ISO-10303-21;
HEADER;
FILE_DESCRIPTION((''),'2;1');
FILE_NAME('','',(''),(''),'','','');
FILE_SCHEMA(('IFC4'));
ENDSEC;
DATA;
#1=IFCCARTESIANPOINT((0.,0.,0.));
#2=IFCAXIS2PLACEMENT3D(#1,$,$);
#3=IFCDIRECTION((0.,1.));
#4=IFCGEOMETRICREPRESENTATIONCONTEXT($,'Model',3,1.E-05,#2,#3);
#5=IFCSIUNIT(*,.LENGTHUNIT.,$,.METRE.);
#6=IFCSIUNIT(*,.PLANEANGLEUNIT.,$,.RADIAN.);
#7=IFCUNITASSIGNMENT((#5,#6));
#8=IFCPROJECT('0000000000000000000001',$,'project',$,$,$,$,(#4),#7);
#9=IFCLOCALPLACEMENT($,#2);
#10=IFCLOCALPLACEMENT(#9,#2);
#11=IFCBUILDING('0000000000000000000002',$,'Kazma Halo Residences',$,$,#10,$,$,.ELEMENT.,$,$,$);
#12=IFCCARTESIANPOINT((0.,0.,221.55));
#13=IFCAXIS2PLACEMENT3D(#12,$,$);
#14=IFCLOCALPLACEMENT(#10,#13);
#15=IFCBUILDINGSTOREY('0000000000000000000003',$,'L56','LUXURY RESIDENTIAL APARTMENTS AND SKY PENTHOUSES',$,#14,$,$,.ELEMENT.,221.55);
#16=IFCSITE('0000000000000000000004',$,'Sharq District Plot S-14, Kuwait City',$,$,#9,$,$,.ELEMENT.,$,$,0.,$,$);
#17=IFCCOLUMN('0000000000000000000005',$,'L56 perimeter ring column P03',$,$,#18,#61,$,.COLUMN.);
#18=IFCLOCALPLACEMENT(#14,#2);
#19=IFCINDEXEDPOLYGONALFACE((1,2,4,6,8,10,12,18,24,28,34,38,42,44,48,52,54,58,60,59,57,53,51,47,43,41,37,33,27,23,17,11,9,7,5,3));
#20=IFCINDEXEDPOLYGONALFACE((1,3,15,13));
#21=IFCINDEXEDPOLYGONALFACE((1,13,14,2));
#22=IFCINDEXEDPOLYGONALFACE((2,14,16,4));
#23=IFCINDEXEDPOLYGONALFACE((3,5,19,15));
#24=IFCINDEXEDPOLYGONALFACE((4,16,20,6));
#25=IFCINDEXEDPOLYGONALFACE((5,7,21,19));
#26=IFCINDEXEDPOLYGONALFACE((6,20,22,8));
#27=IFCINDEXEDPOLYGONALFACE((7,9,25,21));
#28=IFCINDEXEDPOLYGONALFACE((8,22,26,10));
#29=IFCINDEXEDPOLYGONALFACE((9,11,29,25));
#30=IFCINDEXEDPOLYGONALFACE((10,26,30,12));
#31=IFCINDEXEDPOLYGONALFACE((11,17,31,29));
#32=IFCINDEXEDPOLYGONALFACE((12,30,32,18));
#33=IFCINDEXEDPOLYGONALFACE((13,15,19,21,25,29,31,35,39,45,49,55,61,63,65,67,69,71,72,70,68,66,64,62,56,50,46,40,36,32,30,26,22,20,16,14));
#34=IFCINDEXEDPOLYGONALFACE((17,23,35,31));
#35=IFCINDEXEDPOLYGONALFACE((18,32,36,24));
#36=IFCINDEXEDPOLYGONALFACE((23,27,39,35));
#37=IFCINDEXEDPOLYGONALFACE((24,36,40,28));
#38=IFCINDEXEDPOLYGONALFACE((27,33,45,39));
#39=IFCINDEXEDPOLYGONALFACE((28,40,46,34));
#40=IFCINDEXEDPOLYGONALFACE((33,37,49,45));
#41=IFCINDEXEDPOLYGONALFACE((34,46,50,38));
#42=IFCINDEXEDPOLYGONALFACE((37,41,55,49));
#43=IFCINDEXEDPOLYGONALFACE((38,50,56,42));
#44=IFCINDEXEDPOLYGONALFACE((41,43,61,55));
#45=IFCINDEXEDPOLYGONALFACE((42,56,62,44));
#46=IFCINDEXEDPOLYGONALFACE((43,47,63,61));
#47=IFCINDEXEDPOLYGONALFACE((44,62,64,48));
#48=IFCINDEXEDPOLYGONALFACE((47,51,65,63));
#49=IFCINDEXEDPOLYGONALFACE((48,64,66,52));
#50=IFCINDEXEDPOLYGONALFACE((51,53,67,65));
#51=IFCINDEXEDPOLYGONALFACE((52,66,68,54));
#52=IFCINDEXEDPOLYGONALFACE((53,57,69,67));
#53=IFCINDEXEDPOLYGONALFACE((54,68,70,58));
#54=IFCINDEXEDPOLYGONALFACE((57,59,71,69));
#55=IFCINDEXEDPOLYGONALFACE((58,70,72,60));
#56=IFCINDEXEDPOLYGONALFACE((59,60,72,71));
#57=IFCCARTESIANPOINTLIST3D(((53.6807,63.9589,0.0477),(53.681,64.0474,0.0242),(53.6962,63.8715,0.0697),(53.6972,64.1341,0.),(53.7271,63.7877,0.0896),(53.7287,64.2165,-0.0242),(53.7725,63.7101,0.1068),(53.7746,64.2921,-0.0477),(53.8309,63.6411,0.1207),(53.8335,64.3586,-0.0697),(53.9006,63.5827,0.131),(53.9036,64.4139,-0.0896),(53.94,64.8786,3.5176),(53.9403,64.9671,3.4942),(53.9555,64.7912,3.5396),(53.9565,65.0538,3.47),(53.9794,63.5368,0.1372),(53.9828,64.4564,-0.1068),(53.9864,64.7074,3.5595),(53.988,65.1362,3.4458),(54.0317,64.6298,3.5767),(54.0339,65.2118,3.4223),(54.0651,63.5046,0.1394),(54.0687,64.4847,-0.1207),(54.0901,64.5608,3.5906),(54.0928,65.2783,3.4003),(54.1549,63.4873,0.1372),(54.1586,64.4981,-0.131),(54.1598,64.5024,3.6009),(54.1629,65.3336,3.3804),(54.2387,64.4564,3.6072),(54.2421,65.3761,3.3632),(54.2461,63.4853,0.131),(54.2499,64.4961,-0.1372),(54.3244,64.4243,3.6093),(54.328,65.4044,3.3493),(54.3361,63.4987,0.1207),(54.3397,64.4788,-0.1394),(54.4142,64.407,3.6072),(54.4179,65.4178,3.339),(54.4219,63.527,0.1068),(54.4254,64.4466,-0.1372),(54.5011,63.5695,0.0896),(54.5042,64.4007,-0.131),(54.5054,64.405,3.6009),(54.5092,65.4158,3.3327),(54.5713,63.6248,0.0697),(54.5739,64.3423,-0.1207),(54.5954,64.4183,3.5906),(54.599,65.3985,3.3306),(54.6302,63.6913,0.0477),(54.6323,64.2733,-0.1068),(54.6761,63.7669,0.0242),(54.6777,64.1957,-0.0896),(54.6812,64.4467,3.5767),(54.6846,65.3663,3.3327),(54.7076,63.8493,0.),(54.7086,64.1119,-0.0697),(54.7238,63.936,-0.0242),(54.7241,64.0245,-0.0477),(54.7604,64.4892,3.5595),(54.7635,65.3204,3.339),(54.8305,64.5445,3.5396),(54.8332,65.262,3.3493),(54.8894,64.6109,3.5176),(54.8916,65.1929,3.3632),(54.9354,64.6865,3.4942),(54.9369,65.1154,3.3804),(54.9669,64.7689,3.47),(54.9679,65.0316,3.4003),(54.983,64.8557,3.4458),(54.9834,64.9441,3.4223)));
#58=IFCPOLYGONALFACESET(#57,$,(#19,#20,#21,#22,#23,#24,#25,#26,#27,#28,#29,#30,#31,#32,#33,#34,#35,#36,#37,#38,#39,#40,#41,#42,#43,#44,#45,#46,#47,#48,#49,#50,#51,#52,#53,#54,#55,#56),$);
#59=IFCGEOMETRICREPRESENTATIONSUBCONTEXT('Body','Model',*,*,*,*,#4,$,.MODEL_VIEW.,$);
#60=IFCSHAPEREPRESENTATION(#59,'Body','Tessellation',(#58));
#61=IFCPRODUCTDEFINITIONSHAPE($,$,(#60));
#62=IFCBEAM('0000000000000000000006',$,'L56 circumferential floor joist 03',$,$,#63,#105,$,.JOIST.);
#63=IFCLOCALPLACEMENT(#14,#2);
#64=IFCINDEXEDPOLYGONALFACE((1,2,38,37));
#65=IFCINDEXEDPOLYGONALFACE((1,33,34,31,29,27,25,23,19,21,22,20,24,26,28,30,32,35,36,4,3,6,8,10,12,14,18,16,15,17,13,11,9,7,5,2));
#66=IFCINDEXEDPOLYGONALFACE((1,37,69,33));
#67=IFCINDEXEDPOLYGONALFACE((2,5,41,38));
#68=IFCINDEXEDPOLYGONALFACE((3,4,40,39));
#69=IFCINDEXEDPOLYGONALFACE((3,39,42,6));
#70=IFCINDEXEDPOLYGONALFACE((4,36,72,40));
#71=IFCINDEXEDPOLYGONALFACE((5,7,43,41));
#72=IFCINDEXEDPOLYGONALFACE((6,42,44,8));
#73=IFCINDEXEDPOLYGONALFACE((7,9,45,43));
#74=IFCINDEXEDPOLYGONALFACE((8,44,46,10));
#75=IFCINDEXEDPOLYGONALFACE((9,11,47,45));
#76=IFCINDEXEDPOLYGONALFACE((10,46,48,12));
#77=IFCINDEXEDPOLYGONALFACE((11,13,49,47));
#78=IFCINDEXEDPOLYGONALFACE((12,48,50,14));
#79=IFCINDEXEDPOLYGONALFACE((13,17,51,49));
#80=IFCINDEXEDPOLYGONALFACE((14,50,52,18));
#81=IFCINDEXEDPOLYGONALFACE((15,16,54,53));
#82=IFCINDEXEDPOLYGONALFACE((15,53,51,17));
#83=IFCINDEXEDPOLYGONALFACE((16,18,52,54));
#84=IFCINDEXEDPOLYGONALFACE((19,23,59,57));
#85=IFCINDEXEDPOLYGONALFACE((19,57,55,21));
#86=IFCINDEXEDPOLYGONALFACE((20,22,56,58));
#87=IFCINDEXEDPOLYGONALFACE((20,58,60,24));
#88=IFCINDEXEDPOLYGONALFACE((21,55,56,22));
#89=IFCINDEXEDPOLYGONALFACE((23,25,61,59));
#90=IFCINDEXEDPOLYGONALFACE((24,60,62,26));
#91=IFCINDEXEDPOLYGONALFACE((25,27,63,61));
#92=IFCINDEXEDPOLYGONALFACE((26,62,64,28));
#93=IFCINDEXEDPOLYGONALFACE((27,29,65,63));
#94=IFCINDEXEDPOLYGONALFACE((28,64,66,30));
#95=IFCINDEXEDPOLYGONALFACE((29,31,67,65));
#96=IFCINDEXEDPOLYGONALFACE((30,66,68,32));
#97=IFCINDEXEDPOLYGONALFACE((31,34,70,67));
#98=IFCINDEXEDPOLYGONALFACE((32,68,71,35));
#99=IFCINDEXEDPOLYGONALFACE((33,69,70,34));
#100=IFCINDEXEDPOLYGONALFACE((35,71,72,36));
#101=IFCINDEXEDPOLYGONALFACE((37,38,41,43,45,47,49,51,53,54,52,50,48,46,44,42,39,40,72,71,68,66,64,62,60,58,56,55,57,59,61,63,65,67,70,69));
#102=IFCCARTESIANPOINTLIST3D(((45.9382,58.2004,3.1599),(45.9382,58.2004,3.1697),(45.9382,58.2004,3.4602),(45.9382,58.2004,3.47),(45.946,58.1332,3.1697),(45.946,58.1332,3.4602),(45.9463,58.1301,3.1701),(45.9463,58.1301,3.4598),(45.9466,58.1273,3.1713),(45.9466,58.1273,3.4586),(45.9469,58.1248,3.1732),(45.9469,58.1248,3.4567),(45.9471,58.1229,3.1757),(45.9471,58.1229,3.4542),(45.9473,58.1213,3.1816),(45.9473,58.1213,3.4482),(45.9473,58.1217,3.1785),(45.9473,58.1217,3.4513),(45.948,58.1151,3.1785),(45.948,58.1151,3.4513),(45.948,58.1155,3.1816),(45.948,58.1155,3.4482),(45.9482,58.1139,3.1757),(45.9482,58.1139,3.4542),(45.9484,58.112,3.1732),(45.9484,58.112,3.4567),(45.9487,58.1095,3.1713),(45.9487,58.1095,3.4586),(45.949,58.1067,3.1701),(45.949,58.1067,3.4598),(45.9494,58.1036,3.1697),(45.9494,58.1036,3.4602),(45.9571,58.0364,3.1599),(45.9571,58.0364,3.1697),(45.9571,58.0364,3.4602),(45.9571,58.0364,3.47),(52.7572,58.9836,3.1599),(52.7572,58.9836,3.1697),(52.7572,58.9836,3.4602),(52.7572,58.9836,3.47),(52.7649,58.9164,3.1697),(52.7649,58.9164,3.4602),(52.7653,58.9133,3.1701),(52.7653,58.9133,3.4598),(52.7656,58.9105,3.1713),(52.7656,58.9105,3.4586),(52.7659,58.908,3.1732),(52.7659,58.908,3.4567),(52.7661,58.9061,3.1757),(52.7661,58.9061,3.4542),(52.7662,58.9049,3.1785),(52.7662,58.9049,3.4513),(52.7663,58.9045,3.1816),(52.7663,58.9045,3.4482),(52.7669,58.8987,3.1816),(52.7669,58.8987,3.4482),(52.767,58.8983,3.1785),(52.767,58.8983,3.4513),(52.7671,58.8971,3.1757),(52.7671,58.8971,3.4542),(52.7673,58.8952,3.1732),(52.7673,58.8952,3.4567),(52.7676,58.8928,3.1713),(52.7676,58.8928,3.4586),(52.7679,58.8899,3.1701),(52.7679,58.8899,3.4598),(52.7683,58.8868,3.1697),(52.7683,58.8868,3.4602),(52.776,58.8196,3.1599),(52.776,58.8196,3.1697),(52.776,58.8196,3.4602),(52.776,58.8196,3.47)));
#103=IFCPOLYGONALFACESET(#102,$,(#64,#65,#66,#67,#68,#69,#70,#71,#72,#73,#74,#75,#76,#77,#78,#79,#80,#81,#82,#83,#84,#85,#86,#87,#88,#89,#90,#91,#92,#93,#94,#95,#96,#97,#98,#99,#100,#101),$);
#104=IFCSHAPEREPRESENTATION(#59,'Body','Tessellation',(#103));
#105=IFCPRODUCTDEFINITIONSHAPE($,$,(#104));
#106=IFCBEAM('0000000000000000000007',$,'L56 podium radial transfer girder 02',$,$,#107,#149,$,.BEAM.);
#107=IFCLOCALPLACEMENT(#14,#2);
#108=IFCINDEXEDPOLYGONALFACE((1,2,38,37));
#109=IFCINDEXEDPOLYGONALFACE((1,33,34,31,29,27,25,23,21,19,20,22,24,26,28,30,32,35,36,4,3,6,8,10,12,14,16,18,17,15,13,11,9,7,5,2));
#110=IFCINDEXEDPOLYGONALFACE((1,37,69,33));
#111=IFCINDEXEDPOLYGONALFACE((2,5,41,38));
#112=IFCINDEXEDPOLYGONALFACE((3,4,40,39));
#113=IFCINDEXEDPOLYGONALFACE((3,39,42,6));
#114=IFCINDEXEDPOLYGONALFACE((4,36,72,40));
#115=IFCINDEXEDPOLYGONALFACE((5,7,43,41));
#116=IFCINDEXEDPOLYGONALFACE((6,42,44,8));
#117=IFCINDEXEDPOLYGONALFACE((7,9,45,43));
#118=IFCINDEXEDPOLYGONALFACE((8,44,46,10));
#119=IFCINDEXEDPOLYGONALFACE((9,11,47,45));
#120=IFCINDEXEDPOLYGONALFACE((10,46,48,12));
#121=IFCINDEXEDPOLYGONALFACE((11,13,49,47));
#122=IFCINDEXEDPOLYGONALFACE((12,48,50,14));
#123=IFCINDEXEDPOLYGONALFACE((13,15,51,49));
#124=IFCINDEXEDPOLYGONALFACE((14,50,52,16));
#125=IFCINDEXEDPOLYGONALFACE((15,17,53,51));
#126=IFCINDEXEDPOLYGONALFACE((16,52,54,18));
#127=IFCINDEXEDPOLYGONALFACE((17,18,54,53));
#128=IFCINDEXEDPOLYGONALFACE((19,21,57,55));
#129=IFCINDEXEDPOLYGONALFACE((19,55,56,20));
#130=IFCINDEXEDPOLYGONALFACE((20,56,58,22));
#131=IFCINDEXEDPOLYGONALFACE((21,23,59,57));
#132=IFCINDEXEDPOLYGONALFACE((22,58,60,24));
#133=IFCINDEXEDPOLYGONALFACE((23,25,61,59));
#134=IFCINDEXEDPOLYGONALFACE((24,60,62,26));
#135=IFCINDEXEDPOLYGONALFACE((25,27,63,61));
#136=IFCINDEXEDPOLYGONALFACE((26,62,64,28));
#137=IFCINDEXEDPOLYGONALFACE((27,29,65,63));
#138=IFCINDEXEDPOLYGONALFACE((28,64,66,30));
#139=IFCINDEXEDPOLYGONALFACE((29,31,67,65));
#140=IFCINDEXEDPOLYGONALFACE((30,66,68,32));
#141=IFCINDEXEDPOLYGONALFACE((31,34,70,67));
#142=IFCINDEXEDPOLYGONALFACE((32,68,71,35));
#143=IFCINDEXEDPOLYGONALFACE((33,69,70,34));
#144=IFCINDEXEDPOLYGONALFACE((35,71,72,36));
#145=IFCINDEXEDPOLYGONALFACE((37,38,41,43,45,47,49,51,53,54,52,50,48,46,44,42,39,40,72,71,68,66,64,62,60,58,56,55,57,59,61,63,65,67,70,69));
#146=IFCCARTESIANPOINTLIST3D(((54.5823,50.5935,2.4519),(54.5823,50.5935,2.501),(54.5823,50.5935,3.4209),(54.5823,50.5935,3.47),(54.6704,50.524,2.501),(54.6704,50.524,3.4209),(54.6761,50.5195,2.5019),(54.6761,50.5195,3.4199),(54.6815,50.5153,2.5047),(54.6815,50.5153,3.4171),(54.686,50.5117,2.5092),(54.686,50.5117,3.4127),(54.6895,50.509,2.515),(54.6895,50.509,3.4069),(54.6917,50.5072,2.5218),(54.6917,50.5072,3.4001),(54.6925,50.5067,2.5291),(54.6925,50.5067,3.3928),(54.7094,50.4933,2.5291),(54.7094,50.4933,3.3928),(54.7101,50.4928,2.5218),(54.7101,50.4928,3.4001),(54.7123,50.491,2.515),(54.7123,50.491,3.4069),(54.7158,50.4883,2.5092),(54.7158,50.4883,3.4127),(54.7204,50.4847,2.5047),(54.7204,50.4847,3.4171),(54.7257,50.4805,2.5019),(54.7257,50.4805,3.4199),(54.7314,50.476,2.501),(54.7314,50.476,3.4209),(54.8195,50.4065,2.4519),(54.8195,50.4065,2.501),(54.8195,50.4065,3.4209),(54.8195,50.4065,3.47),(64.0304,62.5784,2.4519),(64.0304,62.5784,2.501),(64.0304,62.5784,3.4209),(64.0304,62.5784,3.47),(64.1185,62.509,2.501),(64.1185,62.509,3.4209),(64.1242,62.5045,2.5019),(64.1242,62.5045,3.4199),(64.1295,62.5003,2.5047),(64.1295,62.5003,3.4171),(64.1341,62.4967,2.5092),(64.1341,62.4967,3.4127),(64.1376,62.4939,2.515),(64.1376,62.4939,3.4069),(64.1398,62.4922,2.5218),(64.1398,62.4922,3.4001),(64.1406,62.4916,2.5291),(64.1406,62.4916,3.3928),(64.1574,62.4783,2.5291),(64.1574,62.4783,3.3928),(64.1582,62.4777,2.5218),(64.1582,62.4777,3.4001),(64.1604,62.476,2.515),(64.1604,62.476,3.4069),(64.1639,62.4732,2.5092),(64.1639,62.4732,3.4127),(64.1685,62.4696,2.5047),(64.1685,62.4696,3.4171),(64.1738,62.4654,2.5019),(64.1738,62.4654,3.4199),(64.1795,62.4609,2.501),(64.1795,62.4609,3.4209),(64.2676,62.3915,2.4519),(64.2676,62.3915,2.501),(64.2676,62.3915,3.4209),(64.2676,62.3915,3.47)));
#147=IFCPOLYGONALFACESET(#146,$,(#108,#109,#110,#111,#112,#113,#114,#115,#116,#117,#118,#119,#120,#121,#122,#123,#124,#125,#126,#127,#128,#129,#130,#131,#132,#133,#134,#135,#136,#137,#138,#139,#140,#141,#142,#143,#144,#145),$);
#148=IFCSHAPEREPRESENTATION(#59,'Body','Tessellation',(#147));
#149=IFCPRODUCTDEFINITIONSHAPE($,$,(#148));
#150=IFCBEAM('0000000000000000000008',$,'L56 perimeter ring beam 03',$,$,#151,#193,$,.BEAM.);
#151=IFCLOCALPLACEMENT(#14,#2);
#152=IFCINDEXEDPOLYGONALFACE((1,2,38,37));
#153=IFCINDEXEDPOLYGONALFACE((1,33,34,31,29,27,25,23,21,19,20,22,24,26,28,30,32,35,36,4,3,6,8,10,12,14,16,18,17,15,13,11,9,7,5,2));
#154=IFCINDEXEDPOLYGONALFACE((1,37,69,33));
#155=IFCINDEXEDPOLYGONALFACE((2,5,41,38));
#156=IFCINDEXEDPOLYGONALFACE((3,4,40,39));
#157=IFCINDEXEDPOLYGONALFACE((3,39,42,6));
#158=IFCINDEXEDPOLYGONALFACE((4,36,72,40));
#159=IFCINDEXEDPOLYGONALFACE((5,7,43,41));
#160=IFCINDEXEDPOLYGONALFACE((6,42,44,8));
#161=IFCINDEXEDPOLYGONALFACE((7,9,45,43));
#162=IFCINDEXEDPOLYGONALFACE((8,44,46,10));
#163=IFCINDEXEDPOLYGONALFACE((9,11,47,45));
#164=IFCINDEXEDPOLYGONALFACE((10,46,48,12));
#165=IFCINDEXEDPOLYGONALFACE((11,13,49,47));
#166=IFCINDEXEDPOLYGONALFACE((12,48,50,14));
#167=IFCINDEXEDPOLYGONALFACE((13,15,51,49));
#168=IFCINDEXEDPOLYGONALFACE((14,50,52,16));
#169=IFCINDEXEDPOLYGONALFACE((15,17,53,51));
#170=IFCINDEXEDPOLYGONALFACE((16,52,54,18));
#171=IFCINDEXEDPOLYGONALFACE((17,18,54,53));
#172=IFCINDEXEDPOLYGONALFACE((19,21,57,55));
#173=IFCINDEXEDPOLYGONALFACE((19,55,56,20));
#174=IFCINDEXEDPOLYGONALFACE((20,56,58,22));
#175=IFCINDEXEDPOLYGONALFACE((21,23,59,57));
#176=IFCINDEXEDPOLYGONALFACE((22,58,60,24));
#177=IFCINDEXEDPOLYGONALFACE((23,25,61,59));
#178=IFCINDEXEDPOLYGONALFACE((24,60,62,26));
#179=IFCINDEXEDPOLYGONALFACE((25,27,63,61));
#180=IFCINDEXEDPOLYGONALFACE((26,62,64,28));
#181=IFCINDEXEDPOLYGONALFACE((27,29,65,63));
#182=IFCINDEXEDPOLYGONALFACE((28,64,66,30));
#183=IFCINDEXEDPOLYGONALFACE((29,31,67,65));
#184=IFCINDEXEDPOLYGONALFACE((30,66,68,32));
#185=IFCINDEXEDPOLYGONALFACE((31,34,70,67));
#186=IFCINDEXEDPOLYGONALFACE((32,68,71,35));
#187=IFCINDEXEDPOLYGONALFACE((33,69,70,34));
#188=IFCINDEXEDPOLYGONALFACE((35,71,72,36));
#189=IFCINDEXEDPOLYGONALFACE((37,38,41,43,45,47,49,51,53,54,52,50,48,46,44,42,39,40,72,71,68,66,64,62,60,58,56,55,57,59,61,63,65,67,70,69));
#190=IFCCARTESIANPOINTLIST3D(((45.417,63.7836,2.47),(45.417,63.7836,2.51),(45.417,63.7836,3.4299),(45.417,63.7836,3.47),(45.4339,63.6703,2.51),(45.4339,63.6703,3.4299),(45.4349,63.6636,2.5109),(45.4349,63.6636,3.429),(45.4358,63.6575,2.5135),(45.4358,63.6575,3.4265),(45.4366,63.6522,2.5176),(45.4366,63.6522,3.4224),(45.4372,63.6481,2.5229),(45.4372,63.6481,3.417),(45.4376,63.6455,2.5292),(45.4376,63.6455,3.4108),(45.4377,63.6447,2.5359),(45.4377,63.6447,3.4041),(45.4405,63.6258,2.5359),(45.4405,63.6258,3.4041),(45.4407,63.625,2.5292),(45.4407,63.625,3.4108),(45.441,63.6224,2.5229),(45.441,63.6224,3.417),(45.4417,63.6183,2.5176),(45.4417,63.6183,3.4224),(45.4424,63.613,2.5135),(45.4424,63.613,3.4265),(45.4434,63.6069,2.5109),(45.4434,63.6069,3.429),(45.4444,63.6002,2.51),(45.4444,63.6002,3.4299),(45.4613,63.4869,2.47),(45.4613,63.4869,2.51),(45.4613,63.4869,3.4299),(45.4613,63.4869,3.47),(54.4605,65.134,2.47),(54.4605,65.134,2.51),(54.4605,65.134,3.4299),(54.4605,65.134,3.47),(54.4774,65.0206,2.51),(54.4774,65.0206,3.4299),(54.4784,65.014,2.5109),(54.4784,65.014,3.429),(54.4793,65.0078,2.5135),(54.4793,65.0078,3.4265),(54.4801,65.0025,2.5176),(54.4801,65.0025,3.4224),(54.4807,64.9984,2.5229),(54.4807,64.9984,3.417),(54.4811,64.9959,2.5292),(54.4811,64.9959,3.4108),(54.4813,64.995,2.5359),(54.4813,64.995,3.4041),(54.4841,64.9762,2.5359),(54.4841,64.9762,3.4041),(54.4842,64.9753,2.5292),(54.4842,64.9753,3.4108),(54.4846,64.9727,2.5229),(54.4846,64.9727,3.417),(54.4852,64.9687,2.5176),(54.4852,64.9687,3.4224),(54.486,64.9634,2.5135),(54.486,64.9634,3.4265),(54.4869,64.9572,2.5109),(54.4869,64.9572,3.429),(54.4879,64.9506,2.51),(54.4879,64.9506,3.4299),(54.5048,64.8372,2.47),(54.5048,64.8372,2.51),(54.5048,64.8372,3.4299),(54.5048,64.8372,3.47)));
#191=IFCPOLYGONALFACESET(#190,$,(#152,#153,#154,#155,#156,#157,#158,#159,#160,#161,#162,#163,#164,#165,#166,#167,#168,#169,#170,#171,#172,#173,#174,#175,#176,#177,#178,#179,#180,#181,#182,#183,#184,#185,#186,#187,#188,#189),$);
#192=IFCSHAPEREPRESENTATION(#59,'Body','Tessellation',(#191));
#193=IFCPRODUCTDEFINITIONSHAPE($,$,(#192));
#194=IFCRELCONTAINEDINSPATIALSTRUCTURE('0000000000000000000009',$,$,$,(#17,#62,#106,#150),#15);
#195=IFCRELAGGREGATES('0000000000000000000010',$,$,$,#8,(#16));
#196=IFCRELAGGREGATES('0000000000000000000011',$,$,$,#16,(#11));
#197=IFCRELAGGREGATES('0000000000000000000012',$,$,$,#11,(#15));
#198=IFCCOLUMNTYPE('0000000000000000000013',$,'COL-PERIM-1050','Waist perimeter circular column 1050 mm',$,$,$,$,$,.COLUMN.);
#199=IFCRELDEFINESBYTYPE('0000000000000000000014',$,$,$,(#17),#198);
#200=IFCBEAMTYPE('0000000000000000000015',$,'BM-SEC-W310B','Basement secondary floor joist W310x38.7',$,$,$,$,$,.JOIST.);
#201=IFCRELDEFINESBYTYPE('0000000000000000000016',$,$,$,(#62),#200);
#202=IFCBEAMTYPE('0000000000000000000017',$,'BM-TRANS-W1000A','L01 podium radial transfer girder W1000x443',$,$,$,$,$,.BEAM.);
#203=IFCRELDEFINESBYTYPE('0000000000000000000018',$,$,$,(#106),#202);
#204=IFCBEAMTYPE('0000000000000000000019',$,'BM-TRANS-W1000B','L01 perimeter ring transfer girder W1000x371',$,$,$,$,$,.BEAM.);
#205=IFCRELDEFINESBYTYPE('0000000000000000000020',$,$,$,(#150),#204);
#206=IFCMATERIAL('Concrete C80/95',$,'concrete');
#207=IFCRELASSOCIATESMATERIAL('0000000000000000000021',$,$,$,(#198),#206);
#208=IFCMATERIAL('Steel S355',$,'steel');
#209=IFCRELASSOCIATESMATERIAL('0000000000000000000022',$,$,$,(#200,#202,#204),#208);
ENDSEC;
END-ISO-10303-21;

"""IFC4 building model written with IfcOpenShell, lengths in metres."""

from ifc_helpers import new_model, si_unit, direction, frame, origin, origin_2d, place, context, subcontext, project, spatial, circle, i_section, extrude, material, material_profile, profile_set, type_object, element, save


model = new_model("IFC4")

# Units and contexts
model_context = context("Model", 3, precision=1e-05, world=origin(), true_north=direction((0.0, 1.0)))
body_context = subcontext(model_context, "Body", "Model", "MODEL_VIEW")
ifc_project = project(units=[si_unit("LENGTHUNIT", "METRE"), si_unit("PLANEANGLEUNIT", "RADIAN")], contexts=[model_context])

# Site, building, storey
site_placement = place(None, origin())
site = spatial("IfcSite", under=ifc_project, at=site_placement, Name="Sharq District Plot S-14, Kuwait City", CompositionType="ELEMENT", RefElevation=0.0)
building_placement = place(site_placement, origin())
building = spatial("IfcBuilding", under=site, at=building_placement, Name="Kazma Halo Residences", CompositionType="ELEMENT")
storey_placement = place(building_placement, frame((0.0, 0.0, 221.55)))
storey = spatial("IfcBuildingStorey", under=building, at=storey_placement, Name="L56", Description="LUXURY RESIDENTIAL APARTMENTS AND SKY PENTHOUSES", CompositionType="ELEMENT", Elevation=221.55)

# Column
ifc_material_1 = material(Name="Concrete C80/95", Category="concrete")
ifc_material_profile_1 = material_profile(ifc_material_1, circle(Radius=0.5249, at=origin_2d()), Name="CIRC1050")
ifc_profile_set_1 = profile_set([ifc_material_profile_1], Name="Concrete C80/95")
column_type = type_object("IfcColumnType", Name="COL-PERIM-1050", Description="Waist perimeter circular column 1050 mm", PredefinedType="COLUMN", material=ifc_profile_set_1)
column_placement = place(storey_placement, frame((54.2024, 63.9917, 0.0), z_axis=(0.072039, 0.255528, 0.964114), x_axis=(-0.962482, 0.271345, 0.0)))
element("IfcColumn", 1, at=column_placement, inside=storey, type_object=column_type, Name="L56 perimeter ring column P03", PredefinedType="COLUMN", context=body_context, shape_type="SweptSolid", body=[
    extrude(circle(Radius=0.5249, at=origin_2d()), origin(), (0.0, 0.0, 1.0), 3.5991),
])

# Beams
ifc_material_2 = material(Name="Steel S355", Category="steel")
ifc_material_profile_2 = material_profile(ifc_material_2, i_section(OverallWidth=0.165, OverallDepth=0.3101, WebThickness=0.0059, FlangeThickness=0.0098, FilletRadius=0.012, at=origin_2d()), Name="W310x38.7")
ifc_profile_set_2 = profile_set([ifc_material_profile_2], Name="Steel S355")
beam_type_1 = type_object("IfcBeamType", Name="BM-SEC-W310B", Description="Basement secondary floor joist W310x38.7", PredefinedType="JOIST", material=ifc_profile_set_2)
beam_1_placement = place(storey_placement, frame((52.7666, 58.9016, 3.3149), z_axis=(-0.993468, -0.114108, 0.0), x_axis=(0.114108, -0.993468, 0.0)))
element("IfcBeam", 2, at=beam_1_placement, inside=storey, type_object=beam_type_1, Name="L56 circumferential floor joist 03", PredefinedType="JOIST", context=body_context, shape_type="SweptSolid", body=[
    extrude(i_section(OverallWidth=0.165, OverallDepth=0.3101, WebThickness=0.0059, FlangeThickness=0.0098, FilletRadius=0.012, at=origin_2d()), origin(), (0.0, 0.0, 1.0), 6.8638),
])
ifc_material_profile_3 = material_profile(ifc_material_2, i_section(OverallWidth=0.302, OverallDepth=1.0181, WebThickness=0.0215, FlangeThickness=0.0491, FilletRadius=0.0281, at=origin_2d()), Name="W1000x443")
ifc_profile_set_3 = profile_set([ifc_material_profile_3], Name="Steel S355")
beam_type_2 = type_object("IfcBeamType", Name="BM-TRANS-W1000A", Description="L01 podium radial transfer girder W1000x443", PredefinedType="BEAM", material=ifc_profile_set_3)
beam_2_placement = place(storey_placement, frame((54.7009, 50.5, 2.9609), z_axis=(0.61909, 0.78532, 0.0), x_axis=(-0.78532, 0.61909, 0.0)))
element("IfcBeam", 3, at=beam_2_placement, inside=storey, type_object=beam_type_2, Name="L56 podium radial transfer girder 02", PredefinedType="BEAM", context=body_context, shape_type="SweptSolid", body=[
    extrude(i_section(OverallWidth=0.302, OverallDepth=1.0181, WebThickness=0.0215, FlangeThickness=0.0491, FilletRadius=0.0281, at=origin_2d()), origin(), (0.0, 0.0, 1.0), 15.2612),
])
ifc_material_profile_4 = material_profile(ifc_material_2, i_section(OverallWidth=0.3, OverallDepth=1.0, WebThickness=0.019, FlangeThickness=0.04, FilletRadius=0.0259, at=origin_2d()), Name="W1000x371")
ifc_profile_set_4 = profile_set([ifc_material_profile_4], Name="Steel S355")
beam_type_3 = type_object("IfcBeamType", Name="BM-TRANS-W1000B", Description="L01 perimeter ring transfer girder W1000x371", PredefinedType="BEAM", material=ifc_profile_set_4)
beam_3_placement = place(storey_placement, frame((54.4827, 64.9856, 2.97), z_axis=(-0.989035, -0.14768, 0.0), x_axis=(0.14768, -0.989035, 0.0)))
element("IfcBeam", 4, at=beam_3_placement, inside=storey, type_object=beam_type_3, Name="L56 perimeter ring beam 03", PredefinedType="BEAM", context=body_context, shape_type="SweptSolid", body=[
    extrude(i_section(OverallWidth=0.3, OverallDepth=1.0, WebThickness=0.019, FlangeThickness=0.04, FilletRadius=0.0259, at=origin_2d()), origin(), (0.0, 0.0, 1.0), 9.1438),
])

save(model, "model.ifc")
